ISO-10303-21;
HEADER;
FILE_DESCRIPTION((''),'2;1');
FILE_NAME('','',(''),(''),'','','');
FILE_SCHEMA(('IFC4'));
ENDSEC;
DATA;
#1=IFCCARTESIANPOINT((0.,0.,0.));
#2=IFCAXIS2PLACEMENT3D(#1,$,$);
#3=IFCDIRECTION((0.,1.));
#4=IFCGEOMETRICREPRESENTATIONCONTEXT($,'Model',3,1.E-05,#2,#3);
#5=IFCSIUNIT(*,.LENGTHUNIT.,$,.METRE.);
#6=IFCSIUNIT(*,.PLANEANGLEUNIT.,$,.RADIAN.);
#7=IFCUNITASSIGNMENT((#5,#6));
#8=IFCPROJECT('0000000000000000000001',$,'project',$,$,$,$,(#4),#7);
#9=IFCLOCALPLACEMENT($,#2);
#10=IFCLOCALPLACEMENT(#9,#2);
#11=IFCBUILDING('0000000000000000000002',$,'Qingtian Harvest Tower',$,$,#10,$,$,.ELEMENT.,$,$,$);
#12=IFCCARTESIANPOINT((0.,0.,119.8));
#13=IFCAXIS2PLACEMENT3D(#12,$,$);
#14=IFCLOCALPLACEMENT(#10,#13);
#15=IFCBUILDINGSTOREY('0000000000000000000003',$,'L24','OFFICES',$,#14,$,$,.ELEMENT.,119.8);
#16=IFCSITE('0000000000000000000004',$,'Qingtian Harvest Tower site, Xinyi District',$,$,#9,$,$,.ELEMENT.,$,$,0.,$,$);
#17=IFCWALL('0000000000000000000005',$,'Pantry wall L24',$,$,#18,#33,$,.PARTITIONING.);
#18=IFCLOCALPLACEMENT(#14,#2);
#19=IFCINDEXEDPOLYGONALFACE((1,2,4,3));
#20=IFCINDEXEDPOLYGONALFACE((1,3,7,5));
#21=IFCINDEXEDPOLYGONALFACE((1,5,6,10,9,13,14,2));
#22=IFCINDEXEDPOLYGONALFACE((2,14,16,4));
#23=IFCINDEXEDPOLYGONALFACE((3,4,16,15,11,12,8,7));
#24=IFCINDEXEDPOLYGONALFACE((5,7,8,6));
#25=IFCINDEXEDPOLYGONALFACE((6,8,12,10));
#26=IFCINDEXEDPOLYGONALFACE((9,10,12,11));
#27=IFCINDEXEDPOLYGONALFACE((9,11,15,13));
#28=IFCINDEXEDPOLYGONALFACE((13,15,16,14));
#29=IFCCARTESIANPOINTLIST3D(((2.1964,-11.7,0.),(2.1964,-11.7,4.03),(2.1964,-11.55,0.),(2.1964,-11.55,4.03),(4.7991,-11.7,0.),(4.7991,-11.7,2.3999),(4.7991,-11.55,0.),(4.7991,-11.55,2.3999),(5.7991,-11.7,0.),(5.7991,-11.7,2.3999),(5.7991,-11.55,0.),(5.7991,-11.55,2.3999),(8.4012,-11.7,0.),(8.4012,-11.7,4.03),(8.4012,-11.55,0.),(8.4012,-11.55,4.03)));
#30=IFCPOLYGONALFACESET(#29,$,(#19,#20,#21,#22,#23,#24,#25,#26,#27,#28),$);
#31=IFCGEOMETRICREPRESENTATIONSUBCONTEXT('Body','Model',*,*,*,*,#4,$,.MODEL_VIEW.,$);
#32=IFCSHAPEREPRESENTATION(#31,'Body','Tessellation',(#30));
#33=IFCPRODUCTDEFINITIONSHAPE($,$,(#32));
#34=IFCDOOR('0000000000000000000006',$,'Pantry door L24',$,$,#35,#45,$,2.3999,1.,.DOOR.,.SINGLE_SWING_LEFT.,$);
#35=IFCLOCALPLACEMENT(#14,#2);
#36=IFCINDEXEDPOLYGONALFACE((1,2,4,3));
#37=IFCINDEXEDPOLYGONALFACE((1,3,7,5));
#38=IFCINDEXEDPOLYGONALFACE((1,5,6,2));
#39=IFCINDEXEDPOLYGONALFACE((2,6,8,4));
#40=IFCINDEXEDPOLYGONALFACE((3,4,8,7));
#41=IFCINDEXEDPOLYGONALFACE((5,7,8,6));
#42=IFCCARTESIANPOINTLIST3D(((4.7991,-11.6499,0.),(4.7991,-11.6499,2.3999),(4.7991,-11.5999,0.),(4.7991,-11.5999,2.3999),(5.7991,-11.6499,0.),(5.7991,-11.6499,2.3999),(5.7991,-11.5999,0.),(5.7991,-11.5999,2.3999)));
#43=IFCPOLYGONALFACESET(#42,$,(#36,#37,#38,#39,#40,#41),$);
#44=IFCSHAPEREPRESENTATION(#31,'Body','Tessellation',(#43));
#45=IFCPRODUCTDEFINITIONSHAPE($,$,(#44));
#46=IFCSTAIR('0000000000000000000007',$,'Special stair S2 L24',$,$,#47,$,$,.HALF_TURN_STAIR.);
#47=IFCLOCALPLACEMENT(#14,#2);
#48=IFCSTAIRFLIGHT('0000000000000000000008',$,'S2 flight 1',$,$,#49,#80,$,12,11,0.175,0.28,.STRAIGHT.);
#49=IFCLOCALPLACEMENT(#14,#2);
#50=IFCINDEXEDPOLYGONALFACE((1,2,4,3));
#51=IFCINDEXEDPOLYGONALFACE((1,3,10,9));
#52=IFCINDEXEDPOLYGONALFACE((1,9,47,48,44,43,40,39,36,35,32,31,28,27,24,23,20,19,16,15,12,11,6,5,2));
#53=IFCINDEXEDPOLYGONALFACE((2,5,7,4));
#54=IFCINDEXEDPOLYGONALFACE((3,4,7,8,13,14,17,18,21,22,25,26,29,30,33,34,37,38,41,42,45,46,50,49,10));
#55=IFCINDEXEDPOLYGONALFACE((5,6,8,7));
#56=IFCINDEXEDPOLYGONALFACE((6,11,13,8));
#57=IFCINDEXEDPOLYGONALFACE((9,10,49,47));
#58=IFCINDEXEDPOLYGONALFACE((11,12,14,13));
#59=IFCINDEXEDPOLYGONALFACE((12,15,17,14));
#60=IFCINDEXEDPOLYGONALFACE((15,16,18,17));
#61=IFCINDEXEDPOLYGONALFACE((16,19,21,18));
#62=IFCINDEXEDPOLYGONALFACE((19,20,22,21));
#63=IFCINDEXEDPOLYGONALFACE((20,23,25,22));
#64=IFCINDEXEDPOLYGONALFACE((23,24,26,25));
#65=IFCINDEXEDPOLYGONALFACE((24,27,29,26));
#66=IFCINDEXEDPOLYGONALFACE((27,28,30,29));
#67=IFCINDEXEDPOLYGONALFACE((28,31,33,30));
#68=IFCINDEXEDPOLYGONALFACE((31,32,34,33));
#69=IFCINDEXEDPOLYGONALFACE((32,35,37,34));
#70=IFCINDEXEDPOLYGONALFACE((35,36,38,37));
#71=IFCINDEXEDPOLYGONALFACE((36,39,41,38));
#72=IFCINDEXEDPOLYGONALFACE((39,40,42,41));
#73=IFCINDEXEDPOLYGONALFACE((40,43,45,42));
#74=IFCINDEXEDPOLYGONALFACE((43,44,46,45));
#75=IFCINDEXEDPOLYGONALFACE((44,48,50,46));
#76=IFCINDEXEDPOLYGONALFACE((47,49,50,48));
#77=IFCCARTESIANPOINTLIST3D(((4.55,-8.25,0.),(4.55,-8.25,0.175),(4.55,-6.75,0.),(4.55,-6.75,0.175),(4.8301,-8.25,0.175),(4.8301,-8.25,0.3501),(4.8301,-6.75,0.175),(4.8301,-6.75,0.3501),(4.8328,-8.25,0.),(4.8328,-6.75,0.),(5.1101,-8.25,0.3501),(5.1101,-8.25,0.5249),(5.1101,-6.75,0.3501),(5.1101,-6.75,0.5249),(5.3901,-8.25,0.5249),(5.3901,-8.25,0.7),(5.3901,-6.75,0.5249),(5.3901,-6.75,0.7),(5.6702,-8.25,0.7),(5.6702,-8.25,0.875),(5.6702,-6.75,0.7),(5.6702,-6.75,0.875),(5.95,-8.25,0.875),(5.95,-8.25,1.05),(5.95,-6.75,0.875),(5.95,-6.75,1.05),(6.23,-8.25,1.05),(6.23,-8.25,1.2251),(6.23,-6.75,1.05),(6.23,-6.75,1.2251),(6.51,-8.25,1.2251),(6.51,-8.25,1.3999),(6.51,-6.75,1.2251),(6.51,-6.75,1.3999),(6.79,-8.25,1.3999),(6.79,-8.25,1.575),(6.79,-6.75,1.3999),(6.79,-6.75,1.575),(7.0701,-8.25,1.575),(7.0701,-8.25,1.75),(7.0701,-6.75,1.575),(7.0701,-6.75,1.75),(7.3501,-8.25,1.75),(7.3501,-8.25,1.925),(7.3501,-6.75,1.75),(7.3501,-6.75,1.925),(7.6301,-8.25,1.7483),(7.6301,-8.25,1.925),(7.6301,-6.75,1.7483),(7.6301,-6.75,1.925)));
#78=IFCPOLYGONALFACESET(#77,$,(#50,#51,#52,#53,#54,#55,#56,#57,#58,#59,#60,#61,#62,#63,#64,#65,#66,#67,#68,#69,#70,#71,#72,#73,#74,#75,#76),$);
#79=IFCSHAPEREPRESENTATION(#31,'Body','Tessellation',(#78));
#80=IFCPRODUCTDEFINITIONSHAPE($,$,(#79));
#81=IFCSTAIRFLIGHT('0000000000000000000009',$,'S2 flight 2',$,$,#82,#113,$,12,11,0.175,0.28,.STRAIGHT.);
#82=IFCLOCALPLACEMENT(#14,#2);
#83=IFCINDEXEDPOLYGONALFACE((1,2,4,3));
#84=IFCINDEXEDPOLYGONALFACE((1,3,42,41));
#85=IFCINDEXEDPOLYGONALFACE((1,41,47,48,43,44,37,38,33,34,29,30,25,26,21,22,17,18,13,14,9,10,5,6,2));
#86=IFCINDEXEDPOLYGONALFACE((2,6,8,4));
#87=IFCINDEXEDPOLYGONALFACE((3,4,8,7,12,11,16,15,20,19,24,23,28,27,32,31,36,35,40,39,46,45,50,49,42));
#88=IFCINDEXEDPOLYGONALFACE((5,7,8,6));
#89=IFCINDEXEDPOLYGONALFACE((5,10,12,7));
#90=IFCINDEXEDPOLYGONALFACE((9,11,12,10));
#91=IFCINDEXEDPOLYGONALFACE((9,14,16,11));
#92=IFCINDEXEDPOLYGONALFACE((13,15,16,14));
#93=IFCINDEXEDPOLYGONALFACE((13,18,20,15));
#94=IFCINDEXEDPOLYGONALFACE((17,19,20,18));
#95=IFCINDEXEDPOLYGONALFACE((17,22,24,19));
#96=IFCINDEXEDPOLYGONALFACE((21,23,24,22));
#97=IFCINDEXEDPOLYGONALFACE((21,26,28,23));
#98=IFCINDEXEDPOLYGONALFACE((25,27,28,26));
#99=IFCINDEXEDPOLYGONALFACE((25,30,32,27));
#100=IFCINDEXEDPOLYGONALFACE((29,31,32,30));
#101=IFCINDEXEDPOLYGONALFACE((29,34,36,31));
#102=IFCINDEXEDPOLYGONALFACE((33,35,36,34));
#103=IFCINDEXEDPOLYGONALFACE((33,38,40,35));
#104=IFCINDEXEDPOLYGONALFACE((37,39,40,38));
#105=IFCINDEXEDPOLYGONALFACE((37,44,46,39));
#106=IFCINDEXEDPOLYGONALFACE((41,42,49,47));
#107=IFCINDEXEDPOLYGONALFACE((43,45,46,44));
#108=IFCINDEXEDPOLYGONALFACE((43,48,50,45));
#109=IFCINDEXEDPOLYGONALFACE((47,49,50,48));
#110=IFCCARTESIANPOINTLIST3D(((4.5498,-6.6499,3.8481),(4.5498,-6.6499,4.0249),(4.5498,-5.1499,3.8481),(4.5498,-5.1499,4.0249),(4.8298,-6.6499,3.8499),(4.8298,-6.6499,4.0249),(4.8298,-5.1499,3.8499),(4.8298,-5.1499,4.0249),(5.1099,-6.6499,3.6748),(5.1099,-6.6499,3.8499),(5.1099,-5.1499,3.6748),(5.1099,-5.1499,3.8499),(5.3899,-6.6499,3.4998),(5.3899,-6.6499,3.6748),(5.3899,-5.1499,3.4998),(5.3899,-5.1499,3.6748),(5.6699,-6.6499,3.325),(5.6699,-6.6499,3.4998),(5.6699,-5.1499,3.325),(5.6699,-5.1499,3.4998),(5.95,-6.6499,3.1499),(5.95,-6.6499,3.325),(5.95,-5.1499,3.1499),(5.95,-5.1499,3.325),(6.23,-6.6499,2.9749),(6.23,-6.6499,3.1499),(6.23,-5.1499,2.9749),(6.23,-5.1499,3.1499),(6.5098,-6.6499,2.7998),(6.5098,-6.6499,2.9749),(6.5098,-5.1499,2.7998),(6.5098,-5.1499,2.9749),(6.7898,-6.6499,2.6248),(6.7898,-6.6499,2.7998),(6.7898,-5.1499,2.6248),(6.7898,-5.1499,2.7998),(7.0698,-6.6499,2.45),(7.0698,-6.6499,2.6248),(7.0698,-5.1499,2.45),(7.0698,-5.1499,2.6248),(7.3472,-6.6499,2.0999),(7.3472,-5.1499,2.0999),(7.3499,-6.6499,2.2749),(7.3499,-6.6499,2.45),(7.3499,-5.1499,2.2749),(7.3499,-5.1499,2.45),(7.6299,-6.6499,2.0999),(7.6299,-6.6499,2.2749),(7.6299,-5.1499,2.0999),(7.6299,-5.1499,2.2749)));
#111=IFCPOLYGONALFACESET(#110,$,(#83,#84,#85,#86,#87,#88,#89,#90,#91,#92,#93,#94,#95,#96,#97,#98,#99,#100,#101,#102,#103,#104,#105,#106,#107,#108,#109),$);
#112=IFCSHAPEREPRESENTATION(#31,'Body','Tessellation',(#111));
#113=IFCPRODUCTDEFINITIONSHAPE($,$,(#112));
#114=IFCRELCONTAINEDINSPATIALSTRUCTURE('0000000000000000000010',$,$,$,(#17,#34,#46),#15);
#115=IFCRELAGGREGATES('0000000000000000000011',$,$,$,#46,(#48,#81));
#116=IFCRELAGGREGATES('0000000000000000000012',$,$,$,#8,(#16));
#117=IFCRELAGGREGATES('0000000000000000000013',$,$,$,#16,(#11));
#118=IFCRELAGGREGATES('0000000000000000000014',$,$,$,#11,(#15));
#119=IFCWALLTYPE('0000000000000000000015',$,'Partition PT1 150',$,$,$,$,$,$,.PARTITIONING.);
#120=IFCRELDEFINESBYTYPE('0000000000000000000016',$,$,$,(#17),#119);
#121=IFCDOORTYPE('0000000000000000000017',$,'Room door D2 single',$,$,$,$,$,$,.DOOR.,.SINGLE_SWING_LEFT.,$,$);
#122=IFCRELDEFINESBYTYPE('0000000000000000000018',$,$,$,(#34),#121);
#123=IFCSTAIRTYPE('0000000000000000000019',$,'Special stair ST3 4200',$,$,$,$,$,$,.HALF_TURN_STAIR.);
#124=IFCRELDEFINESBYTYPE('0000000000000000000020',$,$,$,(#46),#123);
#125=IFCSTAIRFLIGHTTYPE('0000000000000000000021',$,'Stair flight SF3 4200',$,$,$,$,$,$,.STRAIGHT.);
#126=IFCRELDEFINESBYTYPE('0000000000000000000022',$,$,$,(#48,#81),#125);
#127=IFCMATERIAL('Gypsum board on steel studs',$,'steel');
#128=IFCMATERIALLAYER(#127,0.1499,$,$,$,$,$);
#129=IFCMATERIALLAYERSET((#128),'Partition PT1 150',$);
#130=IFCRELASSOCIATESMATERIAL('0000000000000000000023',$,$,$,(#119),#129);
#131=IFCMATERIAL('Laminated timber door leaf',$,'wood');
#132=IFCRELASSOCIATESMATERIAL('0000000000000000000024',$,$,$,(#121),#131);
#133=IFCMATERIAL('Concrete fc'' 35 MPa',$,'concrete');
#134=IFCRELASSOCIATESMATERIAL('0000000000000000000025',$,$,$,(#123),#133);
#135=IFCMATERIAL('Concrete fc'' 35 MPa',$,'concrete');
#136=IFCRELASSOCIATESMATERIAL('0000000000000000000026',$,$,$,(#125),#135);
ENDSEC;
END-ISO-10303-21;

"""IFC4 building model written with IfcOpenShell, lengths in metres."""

from ifc_helpers import new_model, si_unit, direction, frame, frame_2d, origin, place, context, subcontext, project, spatial, polyline, rectangle, outline, extrude, material, layer, layer_set, type_object, element, fill, aggregate, save


model = new_model("IFC4")

# Units and contexts
model_context = context("Model", 3, precision=1e-05, world=origin(), true_north=direction((0.0, 1.0)))
body_context = subcontext(model_context, "Body", "Model", "MODEL_VIEW")
ifc_project = project(units=[si_unit("LENGTHUNIT", "METRE"), si_unit("PLANEANGLEUNIT", "RADIAN")], contexts=[model_context])

# Site, building, storey
site_placement = place(None, origin())
site = spatial("IfcSite", under=ifc_project, at=site_placement, Name="Qingtian Harvest Tower site, Xinyi District", CompositionType="ELEMENT", RefElevation=0.0)
building_placement = place(site_placement, origin())
building = spatial("IfcBuilding", under=site, at=building_placement, Name="Qingtian Harvest Tower", CompositionType="ELEMENT")
storey_placement = place(building_placement, frame((0.0, 0.0, 119.8)))
storey = spatial("IfcBuildingStorey", under=building, at=storey_placement, Name="L24", Description="OFFICES", CompositionType="ELEMENT", Elevation=119.8)

# Wall, opening, door
ifc_material_1 = material(Name="Gypsum board on steel studs", Category="steel")
ifc_layer_1 = layer(ifc_material_1, 0.1499)
ifc_layer_set_1 = layer_set([ifc_layer_1], Name="Partition PT1 150")
wall_type_1 = type_object("IfcWallType", Name="Partition PT1 150", PredefinedType="PARTITIONING", material=ifc_layer_set_1)
wall_1_placement = place(storey_placement, frame((8.4014, -11.625, 0.0), z_axis=(0.0, 0.0, 1.0), x_axis=(-1.0, 0.0, 0.0)))
wall_1 = element("IfcWall", 1, at=wall_1_placement, inside=storey, type_object=wall_type_1, Name="Pantry wall L24", PredefinedType="PARTITIONING", context=body_context, shape_type="SweptSolid", body=[
    extrude(rectangle(XDim=6.2048, YDim=0.1499, at=frame_2d((3.1025, 0.0))), origin(), (0.0, 0.0, 1.0), 4.03),
])
opening_1_placement = place(wall_1_placement, frame((2.6023, 0.0, 0.0)))
opening_1 = element("IfcOpeningElement", 2, at=opening_1_placement, cuts=wall_1, PredefinedType="OPENING", context=body_context, shape_type="SweptSolid", body=[
    extrude(rectangle(XDim=1.0, YDim=2.3999, at=frame_2d((0.5, 1.2))), frame((0.0, 0.085, 0.0), z_axis=(0.0, -1.0, 0.0), x_axis=(1.0, 0.0, 0.0)), (0.0, 0.0, 1.0), 0.1699),
])
ifc_material_2 = material(Name="Laminated timber door leaf", Category="wood")
door_type_1 = type_object("IfcDoorType", Name="Room door D2 single", OperationType="SINGLE_SWING_LEFT", PredefinedType="DOOR", material=ifc_material_2)
door_1_placement = place(opening_1_placement, origin())
door_1 = element("IfcDoor", 3, at=door_1_placement, inside=storey, type_object=door_type_1, Name="Pantry door L24", OperationType="SINGLE_SWING_LEFT", OverallHeight=2.3999, OverallWidth=1.0, PredefinedType="DOOR", context=body_context, shape_type="SweptSolid", body=[
    extrude(rectangle(XDim=1.0, YDim=2.3999, at=frame_2d((0.5, 1.2))), frame((0.0, 0.0249, 0.0), z_axis=(0.0, -1.0, 0.0), x_axis=(1.0, 0.0, 0.0)), (0.0, 0.0, 1.0), 0.05),
])
fill(opening_1, door_1)

# Stair, stair flights
ifc_material_3 = material(Name="Concrete fc' 35 MPa", Category="concrete")
stair_type = type_object("IfcStairType", Name="Special stair ST3 4200", PredefinedType="HALF_TURN_STAIR", material=ifc_material_3)
stair_placement = place(storey_placement, origin())
stair = element("IfcStair", 4, at=stair_placement, inside=storey, type_object=stair_type, Name="Special stair S2 L24", PredefinedType="HALF_TURN_STAIR")
ifc_material_4 = material(Name="Concrete fc' 35 MPa", Category="concrete")
stair_flight_type = type_object("IfcStairFlightType", Name="Stair flight SF3 4200", PredefinedType="STRAIGHT", material=ifc_material_4)
stair_flight_1_placement = place(storey_placement, frame((4.55, -7.5, 0.0), z_axis=(0.0, 0.0, 1.0), x_axis=(1.0, 0.0, 0.0)))
stair_flight_1 = element("IfcStairFlight", 5, at=stair_flight_1_placement, type_object=stair_flight_type, Name="S2 flight 1", NumberOfRisers=12, NumberOfTreads=11, PredefinedType="STRAIGHT", RiserHeight=0.175, TreadLength=0.28, context=body_context, shape_type="SweptSolid", body=[
    extrude(outline(polyline([(0.0, 0.0), (0.0, 0.175), (0.28, 0.175), (0.28, 0.3501), (0.5601, 0.3501), (0.5601, 0.5249), (0.8401, 0.5249), (0.8401, 0.7), (1.1201, 0.7), (1.1201, 0.875), (1.3999, 0.875), (1.3999, 1.05), (1.6799, 1.05), (1.6799, 1.2251), (1.96, 1.2251), (1.96, 1.3999), (2.24, 1.3999), (2.24, 1.575), (2.52, 1.575), (2.52, 1.75), (2.8, 1.75), (2.8, 1.925), (3.0801, 1.925), (3.0801, 2.1001), (3.0801, 1.7483), (0.2827, 0.0), (0.0, 0.0)])), frame((0.0, 0.75, 0.0), z_axis=(0.0, -1.0, 0.0), x_axis=(1.0, 0.0, 0.0)), (0.0, 0.0, 1.0), 1.5),
])
stair_flight_2_placement = place(storey_placement, frame((7.6299, -5.8999, 2.0999), z_axis=(0.0, 0.0, 1.0), x_axis=(-1.0, 0.0, 0.0)))
stair_flight_2 = element("IfcStairFlight", 6, at=stair_flight_2_placement, type_object=stair_flight_type, Name="S2 flight 2", NumberOfRisers=12, NumberOfTreads=11, PredefinedType="STRAIGHT", RiserHeight=0.175, TreadLength=0.28, context=body_context, shape_type="SweptSolid", body=[
    extrude(outline(polyline([(0.0, 0.0), (0.0, 0.175), (0.28, 0.175), (0.28, 0.3501), (0.5601, 0.3501), (0.5601, 0.5249), (0.8401, 0.5249), (0.8401, 0.7), (1.1201, 0.7), (1.1201, 0.875), (1.3999, 0.875), (1.3999, 1.05), (1.6799, 1.05), (1.6799, 1.2251), (1.96, 1.2251), (1.96, 1.3999), (2.24, 1.3999), (2.24, 1.575), (2.52, 1.575), (2.52, 1.75), (2.8, 1.75), (2.8, 1.925), (3.0801, 1.925), (3.0801, 2.1001), (3.0801, 1.7483), (0.2827, 0.0), (0.0, 0.0)])), frame((0.0, 0.75, 0.0), z_axis=(0.0, -1.0, 0.0), x_axis=(1.0, 0.0, 0.0)), (0.0, 0.0, 1.0), 1.5),
])
aggregate(stair, [stair_flight_1, stair_flight_2])

save(model, "model.ifc")
